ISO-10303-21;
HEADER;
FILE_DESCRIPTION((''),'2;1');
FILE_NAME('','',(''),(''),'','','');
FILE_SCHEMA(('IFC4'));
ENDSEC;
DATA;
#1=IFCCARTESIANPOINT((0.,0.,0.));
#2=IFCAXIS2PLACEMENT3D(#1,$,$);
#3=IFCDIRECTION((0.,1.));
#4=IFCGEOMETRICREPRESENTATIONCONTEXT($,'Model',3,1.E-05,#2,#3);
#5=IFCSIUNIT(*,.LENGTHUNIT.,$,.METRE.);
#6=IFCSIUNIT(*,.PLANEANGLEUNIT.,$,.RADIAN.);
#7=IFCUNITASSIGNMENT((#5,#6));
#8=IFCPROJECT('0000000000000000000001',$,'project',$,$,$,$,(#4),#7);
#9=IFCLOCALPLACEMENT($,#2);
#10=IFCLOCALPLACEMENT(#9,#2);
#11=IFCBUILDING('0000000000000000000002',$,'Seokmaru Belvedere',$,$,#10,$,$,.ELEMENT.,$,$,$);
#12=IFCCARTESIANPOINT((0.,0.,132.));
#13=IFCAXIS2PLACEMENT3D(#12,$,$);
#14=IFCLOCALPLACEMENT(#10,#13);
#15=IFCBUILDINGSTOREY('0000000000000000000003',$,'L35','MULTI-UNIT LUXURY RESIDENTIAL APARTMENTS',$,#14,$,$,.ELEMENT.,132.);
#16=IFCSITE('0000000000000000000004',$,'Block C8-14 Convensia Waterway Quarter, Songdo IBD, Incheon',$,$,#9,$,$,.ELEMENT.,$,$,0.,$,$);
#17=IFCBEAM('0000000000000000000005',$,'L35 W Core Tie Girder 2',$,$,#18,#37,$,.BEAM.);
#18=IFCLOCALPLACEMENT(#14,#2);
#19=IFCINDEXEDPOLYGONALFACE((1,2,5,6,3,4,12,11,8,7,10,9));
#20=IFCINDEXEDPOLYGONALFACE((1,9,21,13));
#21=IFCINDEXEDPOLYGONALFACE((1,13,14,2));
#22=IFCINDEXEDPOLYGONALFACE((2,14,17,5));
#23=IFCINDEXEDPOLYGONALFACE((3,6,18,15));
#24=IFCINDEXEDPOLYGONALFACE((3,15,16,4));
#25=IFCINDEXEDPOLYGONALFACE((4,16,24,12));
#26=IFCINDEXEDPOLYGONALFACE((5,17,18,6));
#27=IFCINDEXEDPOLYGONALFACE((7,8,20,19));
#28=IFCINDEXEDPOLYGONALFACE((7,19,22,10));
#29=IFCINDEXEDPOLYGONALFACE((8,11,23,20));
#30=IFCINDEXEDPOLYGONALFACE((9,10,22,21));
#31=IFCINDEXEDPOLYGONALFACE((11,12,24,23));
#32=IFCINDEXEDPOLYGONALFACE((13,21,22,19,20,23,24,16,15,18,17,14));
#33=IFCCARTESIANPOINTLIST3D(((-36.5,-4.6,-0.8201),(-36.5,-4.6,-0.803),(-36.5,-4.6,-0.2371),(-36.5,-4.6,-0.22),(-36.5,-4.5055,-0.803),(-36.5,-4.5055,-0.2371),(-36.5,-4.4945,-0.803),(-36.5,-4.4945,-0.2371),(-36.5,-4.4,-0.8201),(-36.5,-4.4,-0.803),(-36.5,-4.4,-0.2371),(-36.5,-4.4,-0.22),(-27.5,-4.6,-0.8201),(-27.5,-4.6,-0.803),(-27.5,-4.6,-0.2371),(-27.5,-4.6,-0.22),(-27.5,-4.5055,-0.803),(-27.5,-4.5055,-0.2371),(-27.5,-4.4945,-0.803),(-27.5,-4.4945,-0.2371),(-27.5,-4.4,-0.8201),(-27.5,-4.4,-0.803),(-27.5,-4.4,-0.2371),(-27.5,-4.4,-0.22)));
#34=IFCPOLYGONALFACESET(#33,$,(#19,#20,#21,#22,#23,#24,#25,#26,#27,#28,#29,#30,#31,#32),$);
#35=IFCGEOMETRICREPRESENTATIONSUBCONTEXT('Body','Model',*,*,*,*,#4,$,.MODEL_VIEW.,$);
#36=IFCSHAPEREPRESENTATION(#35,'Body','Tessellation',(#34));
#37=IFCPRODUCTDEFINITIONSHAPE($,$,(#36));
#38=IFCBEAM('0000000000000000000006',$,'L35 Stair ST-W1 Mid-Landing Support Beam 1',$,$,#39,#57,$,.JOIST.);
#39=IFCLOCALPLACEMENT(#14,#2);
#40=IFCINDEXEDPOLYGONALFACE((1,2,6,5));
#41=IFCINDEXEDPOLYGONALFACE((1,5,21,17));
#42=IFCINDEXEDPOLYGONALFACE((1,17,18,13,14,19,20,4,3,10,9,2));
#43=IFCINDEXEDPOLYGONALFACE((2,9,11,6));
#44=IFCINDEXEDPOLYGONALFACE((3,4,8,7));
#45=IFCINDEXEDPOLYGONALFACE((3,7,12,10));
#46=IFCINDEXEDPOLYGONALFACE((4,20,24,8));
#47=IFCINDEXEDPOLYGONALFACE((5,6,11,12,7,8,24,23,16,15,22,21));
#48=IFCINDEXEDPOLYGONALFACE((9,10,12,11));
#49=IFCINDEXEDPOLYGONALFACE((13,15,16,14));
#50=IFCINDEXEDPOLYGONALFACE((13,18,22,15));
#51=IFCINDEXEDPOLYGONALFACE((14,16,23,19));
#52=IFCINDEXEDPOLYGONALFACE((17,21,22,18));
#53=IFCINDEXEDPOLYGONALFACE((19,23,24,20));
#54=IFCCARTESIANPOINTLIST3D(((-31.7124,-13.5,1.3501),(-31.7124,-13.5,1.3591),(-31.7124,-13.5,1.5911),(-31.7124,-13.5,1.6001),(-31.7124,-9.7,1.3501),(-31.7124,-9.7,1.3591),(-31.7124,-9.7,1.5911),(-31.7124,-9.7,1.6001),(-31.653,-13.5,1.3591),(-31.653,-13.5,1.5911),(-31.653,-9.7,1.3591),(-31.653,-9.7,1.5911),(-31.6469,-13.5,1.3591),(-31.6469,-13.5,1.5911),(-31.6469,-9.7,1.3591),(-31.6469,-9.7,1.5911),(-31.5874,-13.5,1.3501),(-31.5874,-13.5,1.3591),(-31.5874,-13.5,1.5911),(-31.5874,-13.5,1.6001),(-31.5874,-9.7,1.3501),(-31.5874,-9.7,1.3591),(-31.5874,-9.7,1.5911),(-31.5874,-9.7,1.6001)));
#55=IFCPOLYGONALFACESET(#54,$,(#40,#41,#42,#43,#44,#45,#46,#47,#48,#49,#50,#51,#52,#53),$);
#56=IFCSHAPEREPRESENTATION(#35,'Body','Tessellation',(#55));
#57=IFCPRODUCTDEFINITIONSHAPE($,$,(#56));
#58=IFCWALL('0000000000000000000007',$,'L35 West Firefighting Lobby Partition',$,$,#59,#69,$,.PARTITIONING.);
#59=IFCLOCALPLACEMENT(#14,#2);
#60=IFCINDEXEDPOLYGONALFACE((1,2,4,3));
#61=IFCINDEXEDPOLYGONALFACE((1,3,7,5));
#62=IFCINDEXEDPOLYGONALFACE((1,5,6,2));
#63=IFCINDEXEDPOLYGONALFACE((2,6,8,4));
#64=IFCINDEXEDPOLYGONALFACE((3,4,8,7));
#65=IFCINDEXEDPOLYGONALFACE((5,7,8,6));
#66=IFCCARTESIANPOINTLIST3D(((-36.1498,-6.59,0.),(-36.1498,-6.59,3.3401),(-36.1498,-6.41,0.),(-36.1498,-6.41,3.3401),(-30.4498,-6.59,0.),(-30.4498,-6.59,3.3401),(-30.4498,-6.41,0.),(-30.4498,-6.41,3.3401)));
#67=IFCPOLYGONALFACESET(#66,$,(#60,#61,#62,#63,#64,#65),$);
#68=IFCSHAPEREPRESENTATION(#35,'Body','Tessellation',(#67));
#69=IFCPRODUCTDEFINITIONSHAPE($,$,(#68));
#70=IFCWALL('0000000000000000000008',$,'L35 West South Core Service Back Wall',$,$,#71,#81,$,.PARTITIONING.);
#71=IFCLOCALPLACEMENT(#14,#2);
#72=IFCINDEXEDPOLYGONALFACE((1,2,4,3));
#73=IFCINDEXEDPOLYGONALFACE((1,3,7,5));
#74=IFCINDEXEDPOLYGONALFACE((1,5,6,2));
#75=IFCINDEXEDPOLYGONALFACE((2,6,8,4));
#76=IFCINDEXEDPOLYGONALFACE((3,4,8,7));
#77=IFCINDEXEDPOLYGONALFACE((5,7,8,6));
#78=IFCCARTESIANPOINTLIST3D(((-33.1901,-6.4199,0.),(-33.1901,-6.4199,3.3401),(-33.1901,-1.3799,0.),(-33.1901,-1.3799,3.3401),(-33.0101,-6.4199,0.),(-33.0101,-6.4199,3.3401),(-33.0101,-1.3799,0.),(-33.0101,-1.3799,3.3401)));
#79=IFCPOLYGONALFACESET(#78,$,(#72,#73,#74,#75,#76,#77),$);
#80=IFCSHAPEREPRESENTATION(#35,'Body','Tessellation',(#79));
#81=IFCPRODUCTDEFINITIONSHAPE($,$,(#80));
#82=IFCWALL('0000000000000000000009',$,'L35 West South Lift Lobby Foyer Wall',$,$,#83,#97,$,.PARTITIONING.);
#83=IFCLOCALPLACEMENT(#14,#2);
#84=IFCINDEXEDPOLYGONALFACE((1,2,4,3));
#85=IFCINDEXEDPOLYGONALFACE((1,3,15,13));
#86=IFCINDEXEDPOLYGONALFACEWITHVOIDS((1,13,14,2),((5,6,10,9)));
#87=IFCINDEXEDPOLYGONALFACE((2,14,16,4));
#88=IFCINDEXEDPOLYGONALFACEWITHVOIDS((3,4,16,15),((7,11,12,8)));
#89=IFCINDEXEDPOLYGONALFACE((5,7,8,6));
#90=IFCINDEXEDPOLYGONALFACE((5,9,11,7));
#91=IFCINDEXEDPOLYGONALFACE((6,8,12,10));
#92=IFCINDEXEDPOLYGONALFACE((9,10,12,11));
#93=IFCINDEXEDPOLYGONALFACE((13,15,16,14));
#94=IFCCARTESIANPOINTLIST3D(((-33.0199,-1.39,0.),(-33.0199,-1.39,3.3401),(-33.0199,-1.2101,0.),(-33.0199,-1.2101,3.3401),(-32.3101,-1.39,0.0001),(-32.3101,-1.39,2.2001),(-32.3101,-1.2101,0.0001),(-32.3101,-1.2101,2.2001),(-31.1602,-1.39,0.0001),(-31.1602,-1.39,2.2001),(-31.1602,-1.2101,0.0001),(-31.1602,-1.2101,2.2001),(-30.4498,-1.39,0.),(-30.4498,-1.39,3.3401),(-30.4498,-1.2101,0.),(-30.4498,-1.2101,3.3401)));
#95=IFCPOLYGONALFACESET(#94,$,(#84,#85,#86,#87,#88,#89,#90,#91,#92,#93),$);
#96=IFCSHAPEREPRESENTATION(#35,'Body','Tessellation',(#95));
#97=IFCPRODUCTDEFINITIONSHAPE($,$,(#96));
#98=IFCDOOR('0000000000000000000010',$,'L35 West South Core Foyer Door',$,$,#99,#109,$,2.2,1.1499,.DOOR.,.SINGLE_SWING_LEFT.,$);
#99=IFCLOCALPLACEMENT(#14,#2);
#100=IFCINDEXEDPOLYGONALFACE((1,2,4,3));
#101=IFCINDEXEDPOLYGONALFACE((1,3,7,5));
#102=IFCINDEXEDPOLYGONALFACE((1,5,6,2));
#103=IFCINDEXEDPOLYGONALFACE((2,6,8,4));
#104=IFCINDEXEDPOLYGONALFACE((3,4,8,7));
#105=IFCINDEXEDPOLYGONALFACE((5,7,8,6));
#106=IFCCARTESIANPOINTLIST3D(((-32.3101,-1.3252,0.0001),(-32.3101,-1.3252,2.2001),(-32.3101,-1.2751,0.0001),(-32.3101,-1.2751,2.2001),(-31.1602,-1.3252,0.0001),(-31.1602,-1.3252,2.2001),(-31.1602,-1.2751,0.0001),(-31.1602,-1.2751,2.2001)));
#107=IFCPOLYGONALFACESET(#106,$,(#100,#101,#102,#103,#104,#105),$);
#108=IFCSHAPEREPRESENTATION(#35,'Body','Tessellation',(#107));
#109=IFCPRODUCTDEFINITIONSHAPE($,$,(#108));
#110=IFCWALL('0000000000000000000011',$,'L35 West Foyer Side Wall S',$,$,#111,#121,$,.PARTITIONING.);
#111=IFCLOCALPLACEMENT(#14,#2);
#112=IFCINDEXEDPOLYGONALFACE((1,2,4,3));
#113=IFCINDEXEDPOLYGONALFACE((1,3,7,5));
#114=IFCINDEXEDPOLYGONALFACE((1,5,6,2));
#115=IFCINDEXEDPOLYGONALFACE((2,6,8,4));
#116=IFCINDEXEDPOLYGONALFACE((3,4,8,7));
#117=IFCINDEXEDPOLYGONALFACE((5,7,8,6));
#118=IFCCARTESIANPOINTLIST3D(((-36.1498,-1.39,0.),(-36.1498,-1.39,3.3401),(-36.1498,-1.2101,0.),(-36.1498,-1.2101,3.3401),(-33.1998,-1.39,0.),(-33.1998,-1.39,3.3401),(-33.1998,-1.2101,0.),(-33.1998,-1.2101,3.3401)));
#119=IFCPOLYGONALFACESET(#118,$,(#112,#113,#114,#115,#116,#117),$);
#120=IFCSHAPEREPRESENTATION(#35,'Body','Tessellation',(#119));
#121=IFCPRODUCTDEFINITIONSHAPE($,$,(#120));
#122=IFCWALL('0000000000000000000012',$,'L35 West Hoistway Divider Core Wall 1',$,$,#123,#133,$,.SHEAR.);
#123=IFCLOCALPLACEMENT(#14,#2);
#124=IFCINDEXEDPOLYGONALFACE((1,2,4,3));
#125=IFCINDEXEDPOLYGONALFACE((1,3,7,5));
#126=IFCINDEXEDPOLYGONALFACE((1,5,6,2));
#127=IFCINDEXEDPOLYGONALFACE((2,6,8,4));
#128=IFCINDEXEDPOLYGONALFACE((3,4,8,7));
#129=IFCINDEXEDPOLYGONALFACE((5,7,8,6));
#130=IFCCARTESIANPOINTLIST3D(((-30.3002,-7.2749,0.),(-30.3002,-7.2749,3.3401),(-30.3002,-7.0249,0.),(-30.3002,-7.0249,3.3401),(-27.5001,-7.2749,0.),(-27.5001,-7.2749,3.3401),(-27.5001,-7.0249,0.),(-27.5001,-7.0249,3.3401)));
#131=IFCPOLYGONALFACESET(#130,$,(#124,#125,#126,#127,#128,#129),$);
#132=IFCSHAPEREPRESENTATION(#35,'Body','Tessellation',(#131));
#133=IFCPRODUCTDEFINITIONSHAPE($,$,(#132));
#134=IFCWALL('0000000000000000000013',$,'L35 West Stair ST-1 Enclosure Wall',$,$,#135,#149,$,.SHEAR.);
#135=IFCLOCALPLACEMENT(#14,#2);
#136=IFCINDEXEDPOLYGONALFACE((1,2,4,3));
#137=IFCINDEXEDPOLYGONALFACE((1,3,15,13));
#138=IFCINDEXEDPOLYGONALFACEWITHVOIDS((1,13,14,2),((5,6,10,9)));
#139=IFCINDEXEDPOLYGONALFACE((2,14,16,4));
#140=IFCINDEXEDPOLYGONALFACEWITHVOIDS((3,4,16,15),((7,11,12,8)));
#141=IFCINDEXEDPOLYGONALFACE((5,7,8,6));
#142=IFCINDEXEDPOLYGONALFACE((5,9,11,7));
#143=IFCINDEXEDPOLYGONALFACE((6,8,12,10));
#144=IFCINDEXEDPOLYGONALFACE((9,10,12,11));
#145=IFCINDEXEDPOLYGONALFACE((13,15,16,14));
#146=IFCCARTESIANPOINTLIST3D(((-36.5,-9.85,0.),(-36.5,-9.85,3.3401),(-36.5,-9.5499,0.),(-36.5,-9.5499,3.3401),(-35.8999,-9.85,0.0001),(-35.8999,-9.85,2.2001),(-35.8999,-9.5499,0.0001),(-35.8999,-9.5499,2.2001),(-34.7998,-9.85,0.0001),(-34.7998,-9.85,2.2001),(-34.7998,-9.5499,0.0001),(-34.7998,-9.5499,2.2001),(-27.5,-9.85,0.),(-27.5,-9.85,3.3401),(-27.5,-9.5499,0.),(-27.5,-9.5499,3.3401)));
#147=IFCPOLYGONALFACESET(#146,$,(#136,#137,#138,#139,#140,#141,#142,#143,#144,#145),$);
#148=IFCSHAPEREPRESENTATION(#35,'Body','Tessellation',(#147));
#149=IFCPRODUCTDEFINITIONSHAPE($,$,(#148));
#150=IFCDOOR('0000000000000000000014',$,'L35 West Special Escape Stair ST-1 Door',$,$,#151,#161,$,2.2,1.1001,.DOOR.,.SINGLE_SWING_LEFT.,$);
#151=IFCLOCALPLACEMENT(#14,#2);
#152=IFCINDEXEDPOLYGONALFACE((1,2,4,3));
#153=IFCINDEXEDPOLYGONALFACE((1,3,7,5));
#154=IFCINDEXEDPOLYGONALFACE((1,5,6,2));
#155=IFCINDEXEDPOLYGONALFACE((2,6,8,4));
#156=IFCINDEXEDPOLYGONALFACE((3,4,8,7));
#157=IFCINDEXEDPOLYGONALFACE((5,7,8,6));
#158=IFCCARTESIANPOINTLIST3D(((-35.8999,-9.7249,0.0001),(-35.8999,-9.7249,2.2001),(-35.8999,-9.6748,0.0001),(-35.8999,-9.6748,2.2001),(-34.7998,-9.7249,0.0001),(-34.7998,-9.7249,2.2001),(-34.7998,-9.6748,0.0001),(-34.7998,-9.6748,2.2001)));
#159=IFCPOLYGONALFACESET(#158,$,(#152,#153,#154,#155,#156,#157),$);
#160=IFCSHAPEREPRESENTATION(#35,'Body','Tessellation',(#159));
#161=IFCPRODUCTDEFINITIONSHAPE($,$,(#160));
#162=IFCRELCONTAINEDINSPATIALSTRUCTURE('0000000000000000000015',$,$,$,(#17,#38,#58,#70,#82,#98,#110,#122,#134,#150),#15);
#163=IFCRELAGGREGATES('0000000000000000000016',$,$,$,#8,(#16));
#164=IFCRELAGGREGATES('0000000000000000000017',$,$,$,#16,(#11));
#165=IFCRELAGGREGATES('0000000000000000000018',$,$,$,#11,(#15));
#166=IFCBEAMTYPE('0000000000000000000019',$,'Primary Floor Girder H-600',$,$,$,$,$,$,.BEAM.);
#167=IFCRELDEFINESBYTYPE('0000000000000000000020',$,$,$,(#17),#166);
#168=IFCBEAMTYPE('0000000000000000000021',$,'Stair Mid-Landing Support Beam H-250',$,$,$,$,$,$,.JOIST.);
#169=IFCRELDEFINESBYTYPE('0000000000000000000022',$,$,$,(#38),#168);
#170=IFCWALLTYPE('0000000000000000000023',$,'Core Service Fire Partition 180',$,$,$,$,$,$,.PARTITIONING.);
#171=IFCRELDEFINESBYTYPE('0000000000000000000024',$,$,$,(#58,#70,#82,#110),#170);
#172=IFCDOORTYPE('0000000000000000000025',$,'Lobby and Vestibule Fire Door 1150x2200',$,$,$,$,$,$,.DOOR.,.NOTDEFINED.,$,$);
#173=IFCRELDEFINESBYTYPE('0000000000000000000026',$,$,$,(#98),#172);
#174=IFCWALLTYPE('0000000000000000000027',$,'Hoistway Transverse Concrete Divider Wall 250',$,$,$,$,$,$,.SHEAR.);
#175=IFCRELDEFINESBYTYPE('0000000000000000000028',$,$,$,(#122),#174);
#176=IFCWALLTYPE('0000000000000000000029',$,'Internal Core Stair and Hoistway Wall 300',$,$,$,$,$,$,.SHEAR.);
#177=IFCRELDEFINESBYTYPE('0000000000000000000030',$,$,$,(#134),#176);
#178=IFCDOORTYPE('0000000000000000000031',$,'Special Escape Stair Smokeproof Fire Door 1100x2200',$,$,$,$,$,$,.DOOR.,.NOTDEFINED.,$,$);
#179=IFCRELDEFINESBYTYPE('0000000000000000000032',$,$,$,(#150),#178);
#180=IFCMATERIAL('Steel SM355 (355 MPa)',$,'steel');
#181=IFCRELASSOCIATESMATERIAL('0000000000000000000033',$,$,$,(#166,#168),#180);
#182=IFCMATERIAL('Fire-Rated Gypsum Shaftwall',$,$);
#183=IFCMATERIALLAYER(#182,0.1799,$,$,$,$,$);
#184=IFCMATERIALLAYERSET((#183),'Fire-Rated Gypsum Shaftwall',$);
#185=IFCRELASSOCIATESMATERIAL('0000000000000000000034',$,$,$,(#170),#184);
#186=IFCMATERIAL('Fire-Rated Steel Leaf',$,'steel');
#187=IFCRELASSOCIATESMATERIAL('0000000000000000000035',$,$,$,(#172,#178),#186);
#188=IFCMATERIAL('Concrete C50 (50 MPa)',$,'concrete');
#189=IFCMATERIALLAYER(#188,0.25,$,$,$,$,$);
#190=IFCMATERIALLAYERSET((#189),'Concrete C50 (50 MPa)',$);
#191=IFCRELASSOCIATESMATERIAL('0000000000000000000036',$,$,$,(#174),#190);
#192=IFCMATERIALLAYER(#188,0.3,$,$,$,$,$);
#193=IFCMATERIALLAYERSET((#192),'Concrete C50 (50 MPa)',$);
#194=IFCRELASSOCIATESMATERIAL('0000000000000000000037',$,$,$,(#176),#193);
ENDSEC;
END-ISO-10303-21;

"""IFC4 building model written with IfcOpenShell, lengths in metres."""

from ifc_helpers import new_model, si_unit, direction, frame, frame_2d, origin, origin_2d, place, context, subcontext, project, spatial, rectangle, i_section, extrude, source, transform, mapped, material, layer, layer_set, material_profile, profile_set, type_object, type_shapes, element, fill, save


model = new_model("IFC4")

# Units and contexts
model_context = context("Model", 3, precision=1e-05, world=origin(), true_north=direction((0.0, 1.0)))
body_context = subcontext(model_context, "Body", "Model", "MODEL_VIEW")
ifc_project = project(units=[si_unit("LENGTHUNIT", "METRE"), si_unit("PLANEANGLEUNIT", "RADIAN")], contexts=[model_context])

# Site, building, storey
site_placement = place(None, origin())
site = spatial("IfcSite", under=ifc_project, at=site_placement, Name="Block C8-14 Convensia Waterway Quarter, Songdo IBD, Incheon", CompositionType="ELEMENT", RefElevation=0.0)
building_placement = place(site_placement, origin())
building = spatial("IfcBuilding", under=site, at=building_placement, Name="Seokmaru Belvedere", CompositionType="ELEMENT")
storey_placement = place(building_placement, frame((0.0, 0.0, 132.0)))
storey = spatial("IfcBuildingStorey", under=building, at=storey_placement, Name="L35", Description="MULTI-UNIT LUXURY RESIDENTIAL APARTMENTS", CompositionType="ELEMENT", Elevation=132.0)

# Beams
ifc_material_1 = material(Name="Steel SM355 (355 MPa)", Category="steel")
ifc_material_profile_1 = material_profile(ifc_material_1, i_section(OverallWidth=0.2, OverallDepth=0.6001, WebThickness=0.011, FlangeThickness=0.0171, at=origin_2d()), Name="H-600x200x11x17")
ifc_profile_set_1 = profile_set([ifc_material_profile_1], Name="Steel SM355 (355 MPa)")
beam_type_1 = type_object("IfcBeamType", Name="Primary Floor Girder H-600", PredefinedType="BEAM", material=ifc_profile_set_1)
shared_shape_1 = source(origin(), body_context, "Body", "SweptSolid", [
    extrude(i_section(OverallWidth=0.2, OverallDepth=0.6001, WebThickness=0.011, FlangeThickness=0.0171, at=origin_2d()), origin(), (0.0, 0.0, 1.0), 9.0),
])
type_shapes(beam_type_1, [shared_shape_1])
beam_1_placement = place(storey_placement, frame((-36.5, -4.5, -0.52), z_axis=(1.0, 0.0, 0.0), x_axis=(0.0, 1.0, 0.0)))
element("IfcBeam", 1, at=beam_1_placement, inside=storey, type_object=beam_type_1, Name="L35 W Core Tie Girder 2", PredefinedType="BEAM", context=body_context, shape_type="MappedRepresentation", body=[
    mapped(shared_shape_1, transform((0.0, 0.0, 0.0), scale=1.0)),
])
ifc_material_profile_2 = material_profile(ifc_material_1, i_section(OverallWidth=0.125, OverallDepth=0.25, WebThickness=0.0061, FlangeThickness=0.009, at=origin_2d()), Name="H-250x125x6x9")
ifc_profile_set_2 = profile_set([ifc_material_profile_2], Name="Steel SM355 (355 MPa)")
beam_type_2 = type_object("IfcBeamType", Name="Stair Mid-Landing Support Beam H-250", PredefinedType="JOIST", material=ifc_profile_set_2)
shared_shape_2 = source(origin(), body_context, "Body", "SweptSolid", [
    extrude(i_section(OverallWidth=0.125, OverallDepth=0.25, WebThickness=0.0061, FlangeThickness=0.009, at=origin_2d()), origin(), (0.0, 0.0, 1.0), 3.8),
])
type_shapes(beam_type_2, [shared_shape_2])
beam_2_placement = place(storey_placement, frame((-31.6499, -13.5, 1.4751), z_axis=(0.0, 1.0, 0.0), x_axis=(-1.0, 0.0, 0.0)))
element("IfcBeam", 2, at=beam_2_placement, inside=storey, type_object=beam_type_2, Name="L35 Stair ST-W1 Mid-Landing Support Beam 1", PredefinedType="JOIST", context=body_context, shape_type="MappedRepresentation", body=[
    mapped(shared_shape_2, transform((0.0, 0.0, 0.0), scale=1.0)),
])

# Walls
ifc_material_2 = material(Name="Fire-Rated Gypsum Shaftwall")
ifc_layer_1 = layer(ifc_material_2, 0.1799)
ifc_layer_set_1 = layer_set([ifc_layer_1], Name="Fire-Rated Gypsum Shaftwall")
wall_type_1 = type_object("IfcWallType", Name="Core Service Fire Partition 180", PredefinedType="PARTITIONING", material=ifc_layer_set_1)
wall_1_placement = place(storey_placement, frame((-36.1499, -6.5, 0.0), z_axis=(0.0, 0.0, 1.0), x_axis=(1.0, 0.0, 0.0)))
element("IfcWall", 3, at=wall_1_placement, inside=storey, type_object=wall_type_1, Name="L35 West Firefighting Lobby Partition", PredefinedType="PARTITIONING", context=body_context, shape_type="SweptSolid", body=[
    extrude(rectangle(XDim=5.7, YDim=0.1799, at=frame_2d((2.8501, 0.0))), origin(), (0.0, 0.0, 1.0), 3.3401),
])
wall_2_placement = place(storey_placement, frame((-33.1001, -6.4199, 0.0), z_axis=(0.0, 0.0, 1.0), x_axis=(0.0, 1.0, 0.0)))
element("IfcWall", 4, at=wall_2_placement, inside=storey, type_object=wall_type_1, Name="L35 West South Core Service Back Wall", PredefinedType="PARTITIONING", context=body_context, shape_type="SweptSolid", body=[
    extrude(rectangle(XDim=5.04, YDim=0.1799, at=frame_2d((2.52, 0.0))), origin(), (0.0, 0.0, 1.0), 3.3401),
])

# Wall, opening, door
wall_3_placement = place(storey_placement, frame((-33.02, -1.3, 0.0), z_axis=(0.0, 0.0, 1.0), x_axis=(1.0, 0.0, 0.0)))
wall_3 = element("IfcWall", 5, at=wall_3_placement, inside=storey, type_object=wall_type_1, Name="L35 West South Lift Lobby Foyer Wall", PredefinedType="PARTITIONING", context=body_context, shape_type="SweptSolid", body=[
    extrude(rectangle(XDim=2.5701, YDim=0.1799, at=frame_2d((1.2852, 0.0))), origin(), (0.0, 0.0, 1.0), 3.3401),
])
opening_1_placement = place(wall_3_placement, frame((0.71, 0.0, 0.0)))
opening_1 = element("IfcOpeningElement", 6, at=opening_1_placement, cuts=wall_3, PredefinedType="OPENING", context=body_context, shape_type="SweptSolid", body=[
    extrude(rectangle(XDim=1.1499, YDim=2.2, at=frame_2d((0.575, 1.1001))), frame((0.0, 0.1001, 0.0), z_axis=(0.0, -1.0, 0.0), x_axis=(1.0, 0.0, 0.0)), (0.0, 0.0, 1.0), 0.2),
])
ifc_material_3 = material(Name="Fire-Rated Steel Leaf", Category="steel")
door_type_1 = type_object("IfcDoorType", Name="Lobby and Vestibule Fire Door 1150x2200", OperationType="NOTDEFINED", PredefinedType="DOOR", material=ifc_material_3)
shared_shape_3 = source(origin(), body_context, "Body", "SweptSolid", [
    extrude(rectangle(XDim=1.1499, YDim=2.2, at=frame_2d((0.575, 1.1001))), frame((0.0, 0.0249, 0.0), z_axis=(0.0, -1.0, 0.0), x_axis=(1.0, 0.0, 0.0)), (0.0, 0.0, 1.0), 0.05),
])
type_shapes(door_type_1, [shared_shape_3])
door_1_placement = place(opening_1_placement, origin())
door_1 = element("IfcDoor", 7, at=door_1_placement, inside=storey, type_object=door_type_1, Name="L35 West South Core Foyer Door", OperationType="SINGLE_SWING_LEFT", OverallHeight=2.2, OverallWidth=1.1499, PredefinedType="DOOR", context=body_context, shape_type="MappedRepresentation", body=[
    mapped(shared_shape_3, transform((0.0, 0.0, 0.0), scale=1.0)),
])
fill(opening_1, door_1)

# Walls
wall_4_placement = place(storey_placement, frame((-36.1499, -1.3, 0.0), z_axis=(0.0, 0.0, 1.0), x_axis=(1.0, 0.0, 0.0)))
element("IfcWall", 8, at=wall_4_placement, inside=storey, type_object=wall_type_1, Name="L35 West Foyer Side Wall S", PredefinedType="PARTITIONING", context=body_context, shape_type="SweptSolid", body=[
    extrude(rectangle(XDim=2.95, YDim=0.1799, at=frame_2d((1.4751, 0.0))), origin(), (0.0, 0.0, 1.0), 3.3401),
])
ifc_material_4 = material(Name="Concrete C50 (50 MPa)", Category="concrete")
ifc_layer_2 = layer(ifc_material_4, 0.25)
ifc_layer_set_2 = layer_set([ifc_layer_2], Name="Concrete C50 (50 MPa)")
wall_type_2 = type_object("IfcWallType", Name="Hoistway Transverse Concrete Divider Wall 250", PredefinedType="SHEAR", material=ifc_layer_set_2)
wall_5_placement = place(storey_placement, frame((-30.3, -7.1499, 0.0), z_axis=(0.0, 0.0, 1.0), x_axis=(1.0, 0.0, 0.0)))
element("IfcWall", 9, at=wall_5_placement, inside=storey, type_object=wall_type_2, Name="L35 West Hoistway Divider Core Wall 1", PredefinedType="SHEAR", context=body_context, shape_type="SweptSolid", body=[
    extrude(rectangle(XDim=2.8, YDim=0.25, at=frame_2d((1.3999, 0.0))), origin(), (0.0, 0.0, 1.0), 3.3401),
])

# Wall, opening, door
ifc_layer_3 = layer(ifc_material_4, 0.3)
ifc_layer_set_3 = layer_set([ifc_layer_3], Name="Concrete C50 (50 MPa)")
wall_type_3 = type_object("IfcWallType", Name="Internal Core Stair and Hoistway Wall 300", PredefinedType="SHEAR", material=ifc_layer_set_3)
wall_6_placement = place(storey_placement, frame((-36.5, -9.7, 0.0), z_axis=(0.0, 0.0, 1.0), x_axis=(1.0, 0.0, 0.0)))
wall_6 = element("IfcWall", 10, at=wall_6_placement, inside=storey, type_object=wall_type_3, Name="L35 West Stair ST-1 Enclosure Wall", PredefinedType="SHEAR", context=body_context, shape_type="SweptSolid", body=[
    extrude(rectangle(XDim=9.0, YDim=0.3, at=frame_2d((4.5, 0.0))), origin(), (0.0, 0.0, 1.0), 3.3401),
])
opening_2_placement = place(wall_6_placement, frame((0.6001, 0.0, 0.0)))
opening_2 = element("IfcOpeningElement", 11, at=opening_2_placement, cuts=wall_6, PredefinedType="OPENING", context=body_context, shape_type="SweptSolid", body=[
    extrude(rectangle(XDim=1.1001, YDim=2.2, at=frame_2d((0.55, 1.1001))), frame((0.0, 0.1602, 0.0), z_axis=(0.0, -1.0, 0.0), x_axis=(1.0, 0.0, 0.0)), (0.0, 0.0, 1.0), 0.3201),
])
door_type_2 = type_object("IfcDoorType", Name="Special Escape Stair Smokeproof Fire Door 1100x2200", OperationType="NOTDEFINED", PredefinedType="DOOR", material=ifc_material_3)
shared_shape_4 = source(origin(), body_context, "Body", "SweptSolid", [
    extrude(rectangle(XDim=1.1001, YDim=2.2, at=frame_2d((0.55, 1.1001))), frame((0.0, 0.0249, 0.0), z_axis=(0.0, -1.0, 0.0), x_axis=(1.0, 0.0, 0.0)), (0.0, 0.0, 1.0), 0.05),
])
type_shapes(door_type_2, [shared_shape_4])
door_2_placement = place(opening_2_placement, frame((1.1001, 0.0, 0.0), z_axis=(0.0, 0.0, 1.0), x_axis=(-1.0, 0.0, 0.0)))
door_2 = element("IfcDoor", 12, at=door_2_placement, inside=storey, type_object=door_type_2, Name="L35 West Special Escape Stair ST-1 Door", OperationType="SINGLE_SWING_LEFT", OverallHeight=2.2, OverallWidth=1.1001, PredefinedType="DOOR", context=body_context, shape_type="MappedRepresentation", body=[
    mapped(shared_shape_4, transform((0.0, 0.0, 0.0), scale=1.0)),
])
fill(opening_2, door_2)

save(model, "model.ifc")
